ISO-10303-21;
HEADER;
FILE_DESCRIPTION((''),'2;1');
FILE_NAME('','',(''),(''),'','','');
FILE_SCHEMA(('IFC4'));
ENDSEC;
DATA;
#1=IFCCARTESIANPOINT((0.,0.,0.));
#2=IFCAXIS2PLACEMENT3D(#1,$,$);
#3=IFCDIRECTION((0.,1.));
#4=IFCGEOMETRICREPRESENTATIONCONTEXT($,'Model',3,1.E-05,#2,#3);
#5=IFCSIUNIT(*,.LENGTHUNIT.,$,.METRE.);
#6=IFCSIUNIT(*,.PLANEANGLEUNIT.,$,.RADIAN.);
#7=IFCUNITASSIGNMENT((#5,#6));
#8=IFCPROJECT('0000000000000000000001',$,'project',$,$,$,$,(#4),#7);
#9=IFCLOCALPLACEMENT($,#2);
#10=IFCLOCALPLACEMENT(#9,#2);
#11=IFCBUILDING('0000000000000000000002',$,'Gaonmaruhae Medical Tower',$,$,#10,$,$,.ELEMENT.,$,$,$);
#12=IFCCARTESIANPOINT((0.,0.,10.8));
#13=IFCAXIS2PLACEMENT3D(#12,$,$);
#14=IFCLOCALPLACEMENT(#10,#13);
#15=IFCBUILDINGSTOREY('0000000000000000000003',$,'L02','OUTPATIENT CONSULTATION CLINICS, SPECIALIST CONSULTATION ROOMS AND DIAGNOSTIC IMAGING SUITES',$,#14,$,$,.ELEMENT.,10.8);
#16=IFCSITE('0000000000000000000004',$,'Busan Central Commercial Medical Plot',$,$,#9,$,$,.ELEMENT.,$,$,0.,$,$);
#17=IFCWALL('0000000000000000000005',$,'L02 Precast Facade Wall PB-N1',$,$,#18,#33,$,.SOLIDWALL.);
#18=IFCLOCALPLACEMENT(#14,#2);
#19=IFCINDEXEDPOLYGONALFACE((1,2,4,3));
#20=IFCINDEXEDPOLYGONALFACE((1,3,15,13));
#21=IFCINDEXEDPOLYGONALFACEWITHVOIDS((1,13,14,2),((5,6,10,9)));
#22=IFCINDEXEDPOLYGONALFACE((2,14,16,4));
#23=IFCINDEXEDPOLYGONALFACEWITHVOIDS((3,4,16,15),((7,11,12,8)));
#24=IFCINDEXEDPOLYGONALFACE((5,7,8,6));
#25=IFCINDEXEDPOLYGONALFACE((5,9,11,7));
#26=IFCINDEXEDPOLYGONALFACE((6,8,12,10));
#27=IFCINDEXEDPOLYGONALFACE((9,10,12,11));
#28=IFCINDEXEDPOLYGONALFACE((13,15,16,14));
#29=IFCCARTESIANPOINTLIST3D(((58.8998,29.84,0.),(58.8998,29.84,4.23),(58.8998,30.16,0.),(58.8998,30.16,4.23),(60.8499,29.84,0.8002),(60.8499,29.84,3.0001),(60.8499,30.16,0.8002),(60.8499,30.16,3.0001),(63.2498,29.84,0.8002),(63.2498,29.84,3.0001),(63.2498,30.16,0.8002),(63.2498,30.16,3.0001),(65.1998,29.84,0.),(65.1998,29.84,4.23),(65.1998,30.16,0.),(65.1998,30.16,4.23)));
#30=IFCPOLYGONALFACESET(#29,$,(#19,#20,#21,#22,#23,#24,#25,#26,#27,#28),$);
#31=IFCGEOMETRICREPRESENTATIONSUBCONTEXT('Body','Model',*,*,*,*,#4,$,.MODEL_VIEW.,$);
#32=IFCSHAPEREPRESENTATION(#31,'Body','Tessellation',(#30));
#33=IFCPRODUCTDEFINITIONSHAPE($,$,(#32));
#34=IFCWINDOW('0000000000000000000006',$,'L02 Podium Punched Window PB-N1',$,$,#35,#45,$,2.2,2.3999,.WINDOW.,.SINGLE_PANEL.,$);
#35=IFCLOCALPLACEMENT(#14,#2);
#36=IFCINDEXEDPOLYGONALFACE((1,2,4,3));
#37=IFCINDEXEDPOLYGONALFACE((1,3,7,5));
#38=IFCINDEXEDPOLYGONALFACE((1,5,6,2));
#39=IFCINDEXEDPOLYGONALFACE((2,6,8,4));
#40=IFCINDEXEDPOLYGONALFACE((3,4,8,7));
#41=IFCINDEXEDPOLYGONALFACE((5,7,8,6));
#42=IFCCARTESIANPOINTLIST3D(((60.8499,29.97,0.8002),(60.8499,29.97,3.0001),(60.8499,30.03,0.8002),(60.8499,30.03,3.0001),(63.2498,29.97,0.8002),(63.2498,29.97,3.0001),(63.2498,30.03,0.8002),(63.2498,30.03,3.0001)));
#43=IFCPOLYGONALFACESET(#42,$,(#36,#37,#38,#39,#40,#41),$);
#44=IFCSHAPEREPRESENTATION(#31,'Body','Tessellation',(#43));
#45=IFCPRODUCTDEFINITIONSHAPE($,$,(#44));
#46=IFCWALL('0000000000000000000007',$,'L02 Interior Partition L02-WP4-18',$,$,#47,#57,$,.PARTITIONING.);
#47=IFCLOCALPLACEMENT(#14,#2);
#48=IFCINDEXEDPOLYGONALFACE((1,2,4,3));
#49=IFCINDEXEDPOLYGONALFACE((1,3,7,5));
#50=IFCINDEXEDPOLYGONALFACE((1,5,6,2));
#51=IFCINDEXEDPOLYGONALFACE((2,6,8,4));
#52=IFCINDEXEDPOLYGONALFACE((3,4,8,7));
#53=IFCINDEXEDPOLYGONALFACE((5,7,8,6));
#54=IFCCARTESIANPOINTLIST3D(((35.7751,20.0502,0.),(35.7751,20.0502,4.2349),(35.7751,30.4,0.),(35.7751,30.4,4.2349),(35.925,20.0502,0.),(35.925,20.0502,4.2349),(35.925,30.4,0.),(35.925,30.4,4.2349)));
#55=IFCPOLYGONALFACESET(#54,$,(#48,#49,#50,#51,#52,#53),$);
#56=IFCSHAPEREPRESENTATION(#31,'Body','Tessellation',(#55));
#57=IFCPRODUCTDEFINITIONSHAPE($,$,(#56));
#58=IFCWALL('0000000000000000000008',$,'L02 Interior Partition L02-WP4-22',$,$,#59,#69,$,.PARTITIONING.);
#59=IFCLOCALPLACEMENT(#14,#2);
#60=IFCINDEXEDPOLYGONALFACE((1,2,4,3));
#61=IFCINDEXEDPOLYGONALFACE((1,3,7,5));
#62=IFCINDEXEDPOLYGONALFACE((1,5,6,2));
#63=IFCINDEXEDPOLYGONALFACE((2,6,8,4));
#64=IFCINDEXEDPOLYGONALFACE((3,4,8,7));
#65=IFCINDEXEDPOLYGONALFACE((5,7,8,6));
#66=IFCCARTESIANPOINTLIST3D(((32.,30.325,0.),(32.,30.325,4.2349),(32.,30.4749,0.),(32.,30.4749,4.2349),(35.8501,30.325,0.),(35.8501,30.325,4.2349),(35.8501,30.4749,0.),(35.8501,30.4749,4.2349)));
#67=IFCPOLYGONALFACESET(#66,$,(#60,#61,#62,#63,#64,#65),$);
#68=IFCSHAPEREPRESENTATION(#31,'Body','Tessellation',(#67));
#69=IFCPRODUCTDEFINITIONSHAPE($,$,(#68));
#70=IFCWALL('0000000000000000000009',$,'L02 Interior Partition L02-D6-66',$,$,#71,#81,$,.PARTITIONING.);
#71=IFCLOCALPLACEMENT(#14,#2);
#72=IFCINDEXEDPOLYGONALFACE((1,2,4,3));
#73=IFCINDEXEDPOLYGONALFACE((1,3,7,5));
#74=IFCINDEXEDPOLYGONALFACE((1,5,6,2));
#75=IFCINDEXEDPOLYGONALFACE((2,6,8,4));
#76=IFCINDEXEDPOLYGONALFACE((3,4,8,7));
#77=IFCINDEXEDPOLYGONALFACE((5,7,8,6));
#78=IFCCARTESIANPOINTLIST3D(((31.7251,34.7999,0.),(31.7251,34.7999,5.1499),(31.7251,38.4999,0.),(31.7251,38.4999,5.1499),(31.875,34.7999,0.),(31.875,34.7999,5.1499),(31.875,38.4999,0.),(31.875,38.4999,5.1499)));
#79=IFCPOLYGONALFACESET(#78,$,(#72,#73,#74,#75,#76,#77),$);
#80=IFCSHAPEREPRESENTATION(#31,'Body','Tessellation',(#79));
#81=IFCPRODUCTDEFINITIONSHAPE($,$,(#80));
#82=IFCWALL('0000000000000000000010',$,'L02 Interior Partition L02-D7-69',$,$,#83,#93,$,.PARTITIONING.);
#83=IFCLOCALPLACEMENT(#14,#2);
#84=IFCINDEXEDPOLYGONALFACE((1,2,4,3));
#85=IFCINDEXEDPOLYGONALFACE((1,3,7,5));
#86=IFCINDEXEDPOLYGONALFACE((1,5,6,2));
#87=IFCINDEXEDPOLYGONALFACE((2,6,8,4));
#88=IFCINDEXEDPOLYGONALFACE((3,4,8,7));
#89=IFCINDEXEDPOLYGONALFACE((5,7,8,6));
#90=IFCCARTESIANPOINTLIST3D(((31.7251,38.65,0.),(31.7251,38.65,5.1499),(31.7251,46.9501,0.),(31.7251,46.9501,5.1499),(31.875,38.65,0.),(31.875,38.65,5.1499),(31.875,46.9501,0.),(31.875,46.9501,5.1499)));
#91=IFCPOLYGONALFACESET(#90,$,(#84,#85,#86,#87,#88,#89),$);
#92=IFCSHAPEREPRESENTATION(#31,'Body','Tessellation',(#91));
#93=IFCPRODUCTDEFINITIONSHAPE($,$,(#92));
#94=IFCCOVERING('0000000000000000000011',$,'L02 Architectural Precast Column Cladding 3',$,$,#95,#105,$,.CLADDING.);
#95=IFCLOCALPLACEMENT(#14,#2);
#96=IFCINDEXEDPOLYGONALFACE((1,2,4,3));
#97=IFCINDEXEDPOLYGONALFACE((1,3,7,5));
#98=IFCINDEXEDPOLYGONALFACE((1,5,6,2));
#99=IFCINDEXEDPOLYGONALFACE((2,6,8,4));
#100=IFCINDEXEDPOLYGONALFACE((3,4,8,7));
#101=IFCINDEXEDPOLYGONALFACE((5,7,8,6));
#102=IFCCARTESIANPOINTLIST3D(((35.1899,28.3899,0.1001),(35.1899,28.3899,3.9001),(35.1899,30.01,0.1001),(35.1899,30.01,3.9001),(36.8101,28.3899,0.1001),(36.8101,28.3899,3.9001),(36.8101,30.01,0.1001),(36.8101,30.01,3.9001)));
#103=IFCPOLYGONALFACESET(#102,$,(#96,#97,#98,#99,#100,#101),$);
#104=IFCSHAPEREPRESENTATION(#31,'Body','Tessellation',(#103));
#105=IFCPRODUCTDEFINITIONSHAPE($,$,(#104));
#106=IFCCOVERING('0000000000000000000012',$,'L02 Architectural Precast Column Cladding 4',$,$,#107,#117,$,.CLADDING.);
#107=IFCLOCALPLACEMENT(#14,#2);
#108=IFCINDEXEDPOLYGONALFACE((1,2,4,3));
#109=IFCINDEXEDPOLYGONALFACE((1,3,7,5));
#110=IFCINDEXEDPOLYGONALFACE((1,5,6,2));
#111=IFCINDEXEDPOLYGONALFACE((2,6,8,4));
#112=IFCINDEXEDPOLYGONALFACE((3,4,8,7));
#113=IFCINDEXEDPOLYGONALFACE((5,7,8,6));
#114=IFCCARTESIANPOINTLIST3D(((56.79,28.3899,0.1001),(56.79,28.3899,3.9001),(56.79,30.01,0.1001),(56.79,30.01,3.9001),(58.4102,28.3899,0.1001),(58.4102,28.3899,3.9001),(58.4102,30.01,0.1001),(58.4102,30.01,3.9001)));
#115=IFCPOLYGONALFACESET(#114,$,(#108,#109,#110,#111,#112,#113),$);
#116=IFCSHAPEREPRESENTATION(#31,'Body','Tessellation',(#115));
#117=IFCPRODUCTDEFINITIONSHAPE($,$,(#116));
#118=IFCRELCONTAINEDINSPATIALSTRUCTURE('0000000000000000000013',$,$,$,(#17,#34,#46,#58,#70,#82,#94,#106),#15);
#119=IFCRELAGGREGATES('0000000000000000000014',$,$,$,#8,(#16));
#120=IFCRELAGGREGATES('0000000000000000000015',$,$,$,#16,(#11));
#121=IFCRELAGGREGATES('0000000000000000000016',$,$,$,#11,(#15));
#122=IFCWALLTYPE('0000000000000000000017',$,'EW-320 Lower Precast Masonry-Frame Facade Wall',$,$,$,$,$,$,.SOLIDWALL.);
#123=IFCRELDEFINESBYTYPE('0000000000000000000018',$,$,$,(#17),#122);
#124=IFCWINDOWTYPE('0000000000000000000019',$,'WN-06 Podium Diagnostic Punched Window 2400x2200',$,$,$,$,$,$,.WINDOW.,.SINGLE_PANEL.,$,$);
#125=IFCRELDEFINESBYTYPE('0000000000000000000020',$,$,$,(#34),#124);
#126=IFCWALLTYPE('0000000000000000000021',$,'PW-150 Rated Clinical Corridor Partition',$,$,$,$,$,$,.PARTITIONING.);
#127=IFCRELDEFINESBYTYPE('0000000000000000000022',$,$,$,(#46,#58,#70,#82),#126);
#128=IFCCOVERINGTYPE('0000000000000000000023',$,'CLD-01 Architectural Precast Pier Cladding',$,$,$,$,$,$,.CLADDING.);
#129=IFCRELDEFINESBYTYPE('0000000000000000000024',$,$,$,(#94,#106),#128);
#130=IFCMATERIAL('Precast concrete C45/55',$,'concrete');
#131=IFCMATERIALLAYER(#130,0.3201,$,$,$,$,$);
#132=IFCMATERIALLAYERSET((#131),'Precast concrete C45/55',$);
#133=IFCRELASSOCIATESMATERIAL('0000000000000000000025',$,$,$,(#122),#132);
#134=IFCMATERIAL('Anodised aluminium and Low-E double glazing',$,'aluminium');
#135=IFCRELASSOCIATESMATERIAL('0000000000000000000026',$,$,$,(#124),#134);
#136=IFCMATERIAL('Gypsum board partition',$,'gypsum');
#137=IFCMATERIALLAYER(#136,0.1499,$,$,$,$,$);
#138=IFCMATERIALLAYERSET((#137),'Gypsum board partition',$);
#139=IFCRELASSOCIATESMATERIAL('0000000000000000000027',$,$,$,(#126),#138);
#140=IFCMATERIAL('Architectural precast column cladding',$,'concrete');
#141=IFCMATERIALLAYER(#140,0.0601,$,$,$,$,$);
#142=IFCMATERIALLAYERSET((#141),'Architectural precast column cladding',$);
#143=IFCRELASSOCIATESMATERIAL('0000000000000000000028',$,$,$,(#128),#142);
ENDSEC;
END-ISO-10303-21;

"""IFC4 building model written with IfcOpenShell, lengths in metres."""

from ifc_helpers import new_model, si_unit, direction, frame, frame_2d, origin, origin_2d, place, context, subcontext, project, spatial, rectangle, extrude, material, layer, layer_set, type_object, element, fill, save


model = new_model("IFC4")

# Units and contexts
model_context = context("Model", 3, precision=1e-05, world=origin(), true_north=direction((0.0, 1.0)))
body_context = subcontext(model_context, "Body", "Model", "MODEL_VIEW")
ifc_project = project(units=[si_unit("LENGTHUNIT", "METRE"), si_unit("PLANEANGLEUNIT", "RADIAN")], contexts=[model_context])

# Site, building, storey
site_placement = place(None, origin())
site = spatial("IfcSite", under=ifc_project, at=site_placement, Name="Busan Central Commercial Medical Plot", CompositionType="ELEMENT", RefElevation=0.0)
building_placement = place(site_placement, origin())
building = spatial("IfcBuilding", under=site, at=building_placement, Name="Gaonmaruhae Medical Tower", CompositionType="ELEMENT")
storey_placement = place(building_placement, frame((0.0, 0.0, 10.8)))
storey = spatial("IfcBuildingStorey", under=building, at=storey_placement, Name="L02", Description="OUTPATIENT CONSULTATION CLINICS, SPECIALIST CONSULTATION ROOMS AND DIAGNOSTIC IMAGING SUITES", CompositionType="ELEMENT", Elevation=10.8)

# Wall, opening, window
ifc_material_1 = material(Name="Precast concrete C45/55", Category="concrete")
ifc_layer_1 = layer(ifc_material_1, 0.3201)
ifc_layer_set_1 = layer_set([ifc_layer_1], Name="Precast concrete C45/55")
wall_type_1 = type_object("IfcWallType", Name="EW-320 Lower Precast Masonry-Frame Facade Wall", PredefinedType="SOLIDWALL", material=ifc_layer_set_1)
wall_1_placement = place(storey_placement, frame((58.8999, 30.0, 0.0), z_axis=(0.0, 0.0, 1.0), x_axis=(1.0, 0.0, 0.0)))
wall_1 = element("IfcWall", 1, at=wall_1_placement, inside=storey, type_object=wall_type_1, Name="L02 Precast Facade Wall PB-N1", PredefinedType="SOLIDWALL", context=body_context, shape_type="SweptSolid", body=[
    extrude(rectangle(XDim=6.3, YDim=0.3201, at=frame_2d((3.1499, 0.0))), origin(), (0.0, 0.0, 1.0), 4.23),
])
opening_1_placement = place(wall_1_placement, frame((1.95, 0.0, 0.8)))
opening_1 = element("IfcOpeningElement", 2, at=opening_1_placement, cuts=wall_1, PredefinedType="OPENING", context=body_context, shape_type="SweptSolid", body=[
    extrude(rectangle(XDim=2.3999, YDim=2.2, at=frame_2d((1.2, 1.1001))), frame((0.0, 0.1699, 0.0), z_axis=(0.0, -1.0, 0.0), x_axis=(1.0, 0.0, 0.0)), (0.0, 0.0, 1.0), 0.3401),
])
ifc_material_2 = material(Name="Anodised aluminium and Low-E double glazing", Category="aluminium")
window_type = type_object("IfcWindowType", Name="WN-06 Podium Diagnostic Punched Window 2400x2200", PartitioningType="SINGLE_PANEL", PredefinedType="WINDOW", material=ifc_material_2)
window_placement = place(opening_1_placement, origin())
window = element("IfcWindow", 3, at=window_placement, inside=storey, type_object=window_type, Name="L02 Podium Punched Window PB-N1", OverallHeight=2.2, OverallWidth=2.3999, PartitioningType="SINGLE_PANEL", PredefinedType="WINDOW", context=body_context, shape_type="SweptSolid", body=[
    extrude(rectangle(XDim=2.3999, YDim=2.2, at=frame_2d((1.2, 1.1001))), frame((0.0, 0.03, 0.0), z_axis=(0.0, -1.0, 0.0), x_axis=(1.0, 0.0, 0.0)), (0.0, 0.0, 1.0), 0.0601),
])
fill(opening_1, window)

# Walls
ifc_material_3 = material(Name="Gypsum board partition", Category="gypsum")
ifc_layer_2 = layer(ifc_material_3, 0.1499)
ifc_layer_set_2 = layer_set([ifc_layer_2], Name="Gypsum board partition")
wall_type_2 = type_object("IfcWallType", Name="PW-150 Rated Clinical Corridor Partition", PredefinedType="PARTITIONING", material=ifc_layer_set_2)
wall_2_placement = place(storey_placement, frame((35.8501, 30.3999, 0.0), z_axis=(0.0, 0.0, 1.0), x_axis=(0.0, -1.0, 0.0)))
element("IfcWall", 4, at=wall_2_placement, inside=storey, type_object=wall_type_2, Name="L02 Interior Partition L02-WP4-18", PredefinedType="PARTITIONING", context=body_context, shape_type="SweptSolid", body=[
    extrude(rectangle(XDim=10.3499, YDim=0.1499, at=frame_2d((5.1748, 0.0))), origin(), (0.0, 0.0, 1.0), 4.2349),
])
wall_3_placement = place(storey_placement, frame((32.0, 30.3999, 0.0), z_axis=(0.0, 0.0, 1.0), x_axis=(1.0, 0.0, 0.0)))
element("IfcWall", 5, at=wall_3_placement, inside=storey, type_object=wall_type_2, Name="L02 Interior Partition L02-WP4-22", PredefinedType="PARTITIONING", context=body_context, shape_type="SweptSolid", body=[
    extrude(rectangle(XDim=3.8501, YDim=0.1499, at=frame_2d((1.925, 0.0))), origin(), (0.0, 0.0, 1.0), 4.2349),
])
wall_4_placement = place(storey_placement, frame((31.8, 38.5, 0.0), z_axis=(0.0, 0.0, 1.0), x_axis=(0.0, -1.0, 0.0)))
element("IfcWall", 6, at=wall_4_placement, inside=storey, type_object=wall_type_2, Name="L02 Interior Partition L02-D6-66", PredefinedType="PARTITIONING", context=body_context, shape_type="SweptSolid", body=[
    extrude(rectangle(XDim=3.7, YDim=0.1499, at=frame_2d((1.8501, 0.0))), origin(), (0.0, 0.0, 1.0), 5.1499),
])
wall_5_placement = place(storey_placement, frame((31.8, 46.95, 0.0), z_axis=(0.0, 0.0, 1.0), x_axis=(0.0, -1.0, 0.0)))
element("IfcWall", 7, at=wall_5_placement, inside=storey, type_object=wall_type_2, Name="L02 Interior Partition L02-D7-69", PredefinedType="PARTITIONING", context=body_context, shape_type="SweptSolid", body=[
    extrude(rectangle(XDim=8.3, YDim=0.1499, at=frame_2d((4.1499, 0.0))), origin(), (0.0, 0.0, 1.0), 5.1499),
])

# Coverings
ifc_material_4 = material(Name="Architectural precast column cladding", Category="concrete")
ifc_layer_3 = layer(ifc_material_4, 0.0601)
ifc_layer_set_3 = layer_set([ifc_layer_3], Name="Architectural precast column cladding")
covering_type = type_object("IfcCoveringType", Name="CLD-01 Architectural Precast Pier Cladding", PredefinedType="CLADDING", material=ifc_layer_set_3)
for number, where, z_axis, x_axis, name in (
    (8, (36.0, 29.2, 0.1001), (0.0, 0.0, 1.0), (1.0, 0.0, 0.0), "L02 Architectural Precast Column Cladding 3"),
    (9, (57.6001, 29.2, 0.1001), (0.0, 0.0, 1.0), (1.0, 0.0, 0.0), "L02 Architectural Precast Column Cladding 4"),
):
    element("IfcCovering", number, at=place(storey_placement, frame(where, z_axis=z_axis, x_axis=x_axis)), inside=storey, type_object=covering_type, Name=name, PredefinedType="CLADDING", context=body_context, shape_type="SweptSolid", body=[
        extrude(rectangle(XDim=1.6201, YDim=1.6201, at=origin_2d()), origin(), (0.0, 0.0, 1.0), 3.8),
    ])

save(model, "model.ifc")
